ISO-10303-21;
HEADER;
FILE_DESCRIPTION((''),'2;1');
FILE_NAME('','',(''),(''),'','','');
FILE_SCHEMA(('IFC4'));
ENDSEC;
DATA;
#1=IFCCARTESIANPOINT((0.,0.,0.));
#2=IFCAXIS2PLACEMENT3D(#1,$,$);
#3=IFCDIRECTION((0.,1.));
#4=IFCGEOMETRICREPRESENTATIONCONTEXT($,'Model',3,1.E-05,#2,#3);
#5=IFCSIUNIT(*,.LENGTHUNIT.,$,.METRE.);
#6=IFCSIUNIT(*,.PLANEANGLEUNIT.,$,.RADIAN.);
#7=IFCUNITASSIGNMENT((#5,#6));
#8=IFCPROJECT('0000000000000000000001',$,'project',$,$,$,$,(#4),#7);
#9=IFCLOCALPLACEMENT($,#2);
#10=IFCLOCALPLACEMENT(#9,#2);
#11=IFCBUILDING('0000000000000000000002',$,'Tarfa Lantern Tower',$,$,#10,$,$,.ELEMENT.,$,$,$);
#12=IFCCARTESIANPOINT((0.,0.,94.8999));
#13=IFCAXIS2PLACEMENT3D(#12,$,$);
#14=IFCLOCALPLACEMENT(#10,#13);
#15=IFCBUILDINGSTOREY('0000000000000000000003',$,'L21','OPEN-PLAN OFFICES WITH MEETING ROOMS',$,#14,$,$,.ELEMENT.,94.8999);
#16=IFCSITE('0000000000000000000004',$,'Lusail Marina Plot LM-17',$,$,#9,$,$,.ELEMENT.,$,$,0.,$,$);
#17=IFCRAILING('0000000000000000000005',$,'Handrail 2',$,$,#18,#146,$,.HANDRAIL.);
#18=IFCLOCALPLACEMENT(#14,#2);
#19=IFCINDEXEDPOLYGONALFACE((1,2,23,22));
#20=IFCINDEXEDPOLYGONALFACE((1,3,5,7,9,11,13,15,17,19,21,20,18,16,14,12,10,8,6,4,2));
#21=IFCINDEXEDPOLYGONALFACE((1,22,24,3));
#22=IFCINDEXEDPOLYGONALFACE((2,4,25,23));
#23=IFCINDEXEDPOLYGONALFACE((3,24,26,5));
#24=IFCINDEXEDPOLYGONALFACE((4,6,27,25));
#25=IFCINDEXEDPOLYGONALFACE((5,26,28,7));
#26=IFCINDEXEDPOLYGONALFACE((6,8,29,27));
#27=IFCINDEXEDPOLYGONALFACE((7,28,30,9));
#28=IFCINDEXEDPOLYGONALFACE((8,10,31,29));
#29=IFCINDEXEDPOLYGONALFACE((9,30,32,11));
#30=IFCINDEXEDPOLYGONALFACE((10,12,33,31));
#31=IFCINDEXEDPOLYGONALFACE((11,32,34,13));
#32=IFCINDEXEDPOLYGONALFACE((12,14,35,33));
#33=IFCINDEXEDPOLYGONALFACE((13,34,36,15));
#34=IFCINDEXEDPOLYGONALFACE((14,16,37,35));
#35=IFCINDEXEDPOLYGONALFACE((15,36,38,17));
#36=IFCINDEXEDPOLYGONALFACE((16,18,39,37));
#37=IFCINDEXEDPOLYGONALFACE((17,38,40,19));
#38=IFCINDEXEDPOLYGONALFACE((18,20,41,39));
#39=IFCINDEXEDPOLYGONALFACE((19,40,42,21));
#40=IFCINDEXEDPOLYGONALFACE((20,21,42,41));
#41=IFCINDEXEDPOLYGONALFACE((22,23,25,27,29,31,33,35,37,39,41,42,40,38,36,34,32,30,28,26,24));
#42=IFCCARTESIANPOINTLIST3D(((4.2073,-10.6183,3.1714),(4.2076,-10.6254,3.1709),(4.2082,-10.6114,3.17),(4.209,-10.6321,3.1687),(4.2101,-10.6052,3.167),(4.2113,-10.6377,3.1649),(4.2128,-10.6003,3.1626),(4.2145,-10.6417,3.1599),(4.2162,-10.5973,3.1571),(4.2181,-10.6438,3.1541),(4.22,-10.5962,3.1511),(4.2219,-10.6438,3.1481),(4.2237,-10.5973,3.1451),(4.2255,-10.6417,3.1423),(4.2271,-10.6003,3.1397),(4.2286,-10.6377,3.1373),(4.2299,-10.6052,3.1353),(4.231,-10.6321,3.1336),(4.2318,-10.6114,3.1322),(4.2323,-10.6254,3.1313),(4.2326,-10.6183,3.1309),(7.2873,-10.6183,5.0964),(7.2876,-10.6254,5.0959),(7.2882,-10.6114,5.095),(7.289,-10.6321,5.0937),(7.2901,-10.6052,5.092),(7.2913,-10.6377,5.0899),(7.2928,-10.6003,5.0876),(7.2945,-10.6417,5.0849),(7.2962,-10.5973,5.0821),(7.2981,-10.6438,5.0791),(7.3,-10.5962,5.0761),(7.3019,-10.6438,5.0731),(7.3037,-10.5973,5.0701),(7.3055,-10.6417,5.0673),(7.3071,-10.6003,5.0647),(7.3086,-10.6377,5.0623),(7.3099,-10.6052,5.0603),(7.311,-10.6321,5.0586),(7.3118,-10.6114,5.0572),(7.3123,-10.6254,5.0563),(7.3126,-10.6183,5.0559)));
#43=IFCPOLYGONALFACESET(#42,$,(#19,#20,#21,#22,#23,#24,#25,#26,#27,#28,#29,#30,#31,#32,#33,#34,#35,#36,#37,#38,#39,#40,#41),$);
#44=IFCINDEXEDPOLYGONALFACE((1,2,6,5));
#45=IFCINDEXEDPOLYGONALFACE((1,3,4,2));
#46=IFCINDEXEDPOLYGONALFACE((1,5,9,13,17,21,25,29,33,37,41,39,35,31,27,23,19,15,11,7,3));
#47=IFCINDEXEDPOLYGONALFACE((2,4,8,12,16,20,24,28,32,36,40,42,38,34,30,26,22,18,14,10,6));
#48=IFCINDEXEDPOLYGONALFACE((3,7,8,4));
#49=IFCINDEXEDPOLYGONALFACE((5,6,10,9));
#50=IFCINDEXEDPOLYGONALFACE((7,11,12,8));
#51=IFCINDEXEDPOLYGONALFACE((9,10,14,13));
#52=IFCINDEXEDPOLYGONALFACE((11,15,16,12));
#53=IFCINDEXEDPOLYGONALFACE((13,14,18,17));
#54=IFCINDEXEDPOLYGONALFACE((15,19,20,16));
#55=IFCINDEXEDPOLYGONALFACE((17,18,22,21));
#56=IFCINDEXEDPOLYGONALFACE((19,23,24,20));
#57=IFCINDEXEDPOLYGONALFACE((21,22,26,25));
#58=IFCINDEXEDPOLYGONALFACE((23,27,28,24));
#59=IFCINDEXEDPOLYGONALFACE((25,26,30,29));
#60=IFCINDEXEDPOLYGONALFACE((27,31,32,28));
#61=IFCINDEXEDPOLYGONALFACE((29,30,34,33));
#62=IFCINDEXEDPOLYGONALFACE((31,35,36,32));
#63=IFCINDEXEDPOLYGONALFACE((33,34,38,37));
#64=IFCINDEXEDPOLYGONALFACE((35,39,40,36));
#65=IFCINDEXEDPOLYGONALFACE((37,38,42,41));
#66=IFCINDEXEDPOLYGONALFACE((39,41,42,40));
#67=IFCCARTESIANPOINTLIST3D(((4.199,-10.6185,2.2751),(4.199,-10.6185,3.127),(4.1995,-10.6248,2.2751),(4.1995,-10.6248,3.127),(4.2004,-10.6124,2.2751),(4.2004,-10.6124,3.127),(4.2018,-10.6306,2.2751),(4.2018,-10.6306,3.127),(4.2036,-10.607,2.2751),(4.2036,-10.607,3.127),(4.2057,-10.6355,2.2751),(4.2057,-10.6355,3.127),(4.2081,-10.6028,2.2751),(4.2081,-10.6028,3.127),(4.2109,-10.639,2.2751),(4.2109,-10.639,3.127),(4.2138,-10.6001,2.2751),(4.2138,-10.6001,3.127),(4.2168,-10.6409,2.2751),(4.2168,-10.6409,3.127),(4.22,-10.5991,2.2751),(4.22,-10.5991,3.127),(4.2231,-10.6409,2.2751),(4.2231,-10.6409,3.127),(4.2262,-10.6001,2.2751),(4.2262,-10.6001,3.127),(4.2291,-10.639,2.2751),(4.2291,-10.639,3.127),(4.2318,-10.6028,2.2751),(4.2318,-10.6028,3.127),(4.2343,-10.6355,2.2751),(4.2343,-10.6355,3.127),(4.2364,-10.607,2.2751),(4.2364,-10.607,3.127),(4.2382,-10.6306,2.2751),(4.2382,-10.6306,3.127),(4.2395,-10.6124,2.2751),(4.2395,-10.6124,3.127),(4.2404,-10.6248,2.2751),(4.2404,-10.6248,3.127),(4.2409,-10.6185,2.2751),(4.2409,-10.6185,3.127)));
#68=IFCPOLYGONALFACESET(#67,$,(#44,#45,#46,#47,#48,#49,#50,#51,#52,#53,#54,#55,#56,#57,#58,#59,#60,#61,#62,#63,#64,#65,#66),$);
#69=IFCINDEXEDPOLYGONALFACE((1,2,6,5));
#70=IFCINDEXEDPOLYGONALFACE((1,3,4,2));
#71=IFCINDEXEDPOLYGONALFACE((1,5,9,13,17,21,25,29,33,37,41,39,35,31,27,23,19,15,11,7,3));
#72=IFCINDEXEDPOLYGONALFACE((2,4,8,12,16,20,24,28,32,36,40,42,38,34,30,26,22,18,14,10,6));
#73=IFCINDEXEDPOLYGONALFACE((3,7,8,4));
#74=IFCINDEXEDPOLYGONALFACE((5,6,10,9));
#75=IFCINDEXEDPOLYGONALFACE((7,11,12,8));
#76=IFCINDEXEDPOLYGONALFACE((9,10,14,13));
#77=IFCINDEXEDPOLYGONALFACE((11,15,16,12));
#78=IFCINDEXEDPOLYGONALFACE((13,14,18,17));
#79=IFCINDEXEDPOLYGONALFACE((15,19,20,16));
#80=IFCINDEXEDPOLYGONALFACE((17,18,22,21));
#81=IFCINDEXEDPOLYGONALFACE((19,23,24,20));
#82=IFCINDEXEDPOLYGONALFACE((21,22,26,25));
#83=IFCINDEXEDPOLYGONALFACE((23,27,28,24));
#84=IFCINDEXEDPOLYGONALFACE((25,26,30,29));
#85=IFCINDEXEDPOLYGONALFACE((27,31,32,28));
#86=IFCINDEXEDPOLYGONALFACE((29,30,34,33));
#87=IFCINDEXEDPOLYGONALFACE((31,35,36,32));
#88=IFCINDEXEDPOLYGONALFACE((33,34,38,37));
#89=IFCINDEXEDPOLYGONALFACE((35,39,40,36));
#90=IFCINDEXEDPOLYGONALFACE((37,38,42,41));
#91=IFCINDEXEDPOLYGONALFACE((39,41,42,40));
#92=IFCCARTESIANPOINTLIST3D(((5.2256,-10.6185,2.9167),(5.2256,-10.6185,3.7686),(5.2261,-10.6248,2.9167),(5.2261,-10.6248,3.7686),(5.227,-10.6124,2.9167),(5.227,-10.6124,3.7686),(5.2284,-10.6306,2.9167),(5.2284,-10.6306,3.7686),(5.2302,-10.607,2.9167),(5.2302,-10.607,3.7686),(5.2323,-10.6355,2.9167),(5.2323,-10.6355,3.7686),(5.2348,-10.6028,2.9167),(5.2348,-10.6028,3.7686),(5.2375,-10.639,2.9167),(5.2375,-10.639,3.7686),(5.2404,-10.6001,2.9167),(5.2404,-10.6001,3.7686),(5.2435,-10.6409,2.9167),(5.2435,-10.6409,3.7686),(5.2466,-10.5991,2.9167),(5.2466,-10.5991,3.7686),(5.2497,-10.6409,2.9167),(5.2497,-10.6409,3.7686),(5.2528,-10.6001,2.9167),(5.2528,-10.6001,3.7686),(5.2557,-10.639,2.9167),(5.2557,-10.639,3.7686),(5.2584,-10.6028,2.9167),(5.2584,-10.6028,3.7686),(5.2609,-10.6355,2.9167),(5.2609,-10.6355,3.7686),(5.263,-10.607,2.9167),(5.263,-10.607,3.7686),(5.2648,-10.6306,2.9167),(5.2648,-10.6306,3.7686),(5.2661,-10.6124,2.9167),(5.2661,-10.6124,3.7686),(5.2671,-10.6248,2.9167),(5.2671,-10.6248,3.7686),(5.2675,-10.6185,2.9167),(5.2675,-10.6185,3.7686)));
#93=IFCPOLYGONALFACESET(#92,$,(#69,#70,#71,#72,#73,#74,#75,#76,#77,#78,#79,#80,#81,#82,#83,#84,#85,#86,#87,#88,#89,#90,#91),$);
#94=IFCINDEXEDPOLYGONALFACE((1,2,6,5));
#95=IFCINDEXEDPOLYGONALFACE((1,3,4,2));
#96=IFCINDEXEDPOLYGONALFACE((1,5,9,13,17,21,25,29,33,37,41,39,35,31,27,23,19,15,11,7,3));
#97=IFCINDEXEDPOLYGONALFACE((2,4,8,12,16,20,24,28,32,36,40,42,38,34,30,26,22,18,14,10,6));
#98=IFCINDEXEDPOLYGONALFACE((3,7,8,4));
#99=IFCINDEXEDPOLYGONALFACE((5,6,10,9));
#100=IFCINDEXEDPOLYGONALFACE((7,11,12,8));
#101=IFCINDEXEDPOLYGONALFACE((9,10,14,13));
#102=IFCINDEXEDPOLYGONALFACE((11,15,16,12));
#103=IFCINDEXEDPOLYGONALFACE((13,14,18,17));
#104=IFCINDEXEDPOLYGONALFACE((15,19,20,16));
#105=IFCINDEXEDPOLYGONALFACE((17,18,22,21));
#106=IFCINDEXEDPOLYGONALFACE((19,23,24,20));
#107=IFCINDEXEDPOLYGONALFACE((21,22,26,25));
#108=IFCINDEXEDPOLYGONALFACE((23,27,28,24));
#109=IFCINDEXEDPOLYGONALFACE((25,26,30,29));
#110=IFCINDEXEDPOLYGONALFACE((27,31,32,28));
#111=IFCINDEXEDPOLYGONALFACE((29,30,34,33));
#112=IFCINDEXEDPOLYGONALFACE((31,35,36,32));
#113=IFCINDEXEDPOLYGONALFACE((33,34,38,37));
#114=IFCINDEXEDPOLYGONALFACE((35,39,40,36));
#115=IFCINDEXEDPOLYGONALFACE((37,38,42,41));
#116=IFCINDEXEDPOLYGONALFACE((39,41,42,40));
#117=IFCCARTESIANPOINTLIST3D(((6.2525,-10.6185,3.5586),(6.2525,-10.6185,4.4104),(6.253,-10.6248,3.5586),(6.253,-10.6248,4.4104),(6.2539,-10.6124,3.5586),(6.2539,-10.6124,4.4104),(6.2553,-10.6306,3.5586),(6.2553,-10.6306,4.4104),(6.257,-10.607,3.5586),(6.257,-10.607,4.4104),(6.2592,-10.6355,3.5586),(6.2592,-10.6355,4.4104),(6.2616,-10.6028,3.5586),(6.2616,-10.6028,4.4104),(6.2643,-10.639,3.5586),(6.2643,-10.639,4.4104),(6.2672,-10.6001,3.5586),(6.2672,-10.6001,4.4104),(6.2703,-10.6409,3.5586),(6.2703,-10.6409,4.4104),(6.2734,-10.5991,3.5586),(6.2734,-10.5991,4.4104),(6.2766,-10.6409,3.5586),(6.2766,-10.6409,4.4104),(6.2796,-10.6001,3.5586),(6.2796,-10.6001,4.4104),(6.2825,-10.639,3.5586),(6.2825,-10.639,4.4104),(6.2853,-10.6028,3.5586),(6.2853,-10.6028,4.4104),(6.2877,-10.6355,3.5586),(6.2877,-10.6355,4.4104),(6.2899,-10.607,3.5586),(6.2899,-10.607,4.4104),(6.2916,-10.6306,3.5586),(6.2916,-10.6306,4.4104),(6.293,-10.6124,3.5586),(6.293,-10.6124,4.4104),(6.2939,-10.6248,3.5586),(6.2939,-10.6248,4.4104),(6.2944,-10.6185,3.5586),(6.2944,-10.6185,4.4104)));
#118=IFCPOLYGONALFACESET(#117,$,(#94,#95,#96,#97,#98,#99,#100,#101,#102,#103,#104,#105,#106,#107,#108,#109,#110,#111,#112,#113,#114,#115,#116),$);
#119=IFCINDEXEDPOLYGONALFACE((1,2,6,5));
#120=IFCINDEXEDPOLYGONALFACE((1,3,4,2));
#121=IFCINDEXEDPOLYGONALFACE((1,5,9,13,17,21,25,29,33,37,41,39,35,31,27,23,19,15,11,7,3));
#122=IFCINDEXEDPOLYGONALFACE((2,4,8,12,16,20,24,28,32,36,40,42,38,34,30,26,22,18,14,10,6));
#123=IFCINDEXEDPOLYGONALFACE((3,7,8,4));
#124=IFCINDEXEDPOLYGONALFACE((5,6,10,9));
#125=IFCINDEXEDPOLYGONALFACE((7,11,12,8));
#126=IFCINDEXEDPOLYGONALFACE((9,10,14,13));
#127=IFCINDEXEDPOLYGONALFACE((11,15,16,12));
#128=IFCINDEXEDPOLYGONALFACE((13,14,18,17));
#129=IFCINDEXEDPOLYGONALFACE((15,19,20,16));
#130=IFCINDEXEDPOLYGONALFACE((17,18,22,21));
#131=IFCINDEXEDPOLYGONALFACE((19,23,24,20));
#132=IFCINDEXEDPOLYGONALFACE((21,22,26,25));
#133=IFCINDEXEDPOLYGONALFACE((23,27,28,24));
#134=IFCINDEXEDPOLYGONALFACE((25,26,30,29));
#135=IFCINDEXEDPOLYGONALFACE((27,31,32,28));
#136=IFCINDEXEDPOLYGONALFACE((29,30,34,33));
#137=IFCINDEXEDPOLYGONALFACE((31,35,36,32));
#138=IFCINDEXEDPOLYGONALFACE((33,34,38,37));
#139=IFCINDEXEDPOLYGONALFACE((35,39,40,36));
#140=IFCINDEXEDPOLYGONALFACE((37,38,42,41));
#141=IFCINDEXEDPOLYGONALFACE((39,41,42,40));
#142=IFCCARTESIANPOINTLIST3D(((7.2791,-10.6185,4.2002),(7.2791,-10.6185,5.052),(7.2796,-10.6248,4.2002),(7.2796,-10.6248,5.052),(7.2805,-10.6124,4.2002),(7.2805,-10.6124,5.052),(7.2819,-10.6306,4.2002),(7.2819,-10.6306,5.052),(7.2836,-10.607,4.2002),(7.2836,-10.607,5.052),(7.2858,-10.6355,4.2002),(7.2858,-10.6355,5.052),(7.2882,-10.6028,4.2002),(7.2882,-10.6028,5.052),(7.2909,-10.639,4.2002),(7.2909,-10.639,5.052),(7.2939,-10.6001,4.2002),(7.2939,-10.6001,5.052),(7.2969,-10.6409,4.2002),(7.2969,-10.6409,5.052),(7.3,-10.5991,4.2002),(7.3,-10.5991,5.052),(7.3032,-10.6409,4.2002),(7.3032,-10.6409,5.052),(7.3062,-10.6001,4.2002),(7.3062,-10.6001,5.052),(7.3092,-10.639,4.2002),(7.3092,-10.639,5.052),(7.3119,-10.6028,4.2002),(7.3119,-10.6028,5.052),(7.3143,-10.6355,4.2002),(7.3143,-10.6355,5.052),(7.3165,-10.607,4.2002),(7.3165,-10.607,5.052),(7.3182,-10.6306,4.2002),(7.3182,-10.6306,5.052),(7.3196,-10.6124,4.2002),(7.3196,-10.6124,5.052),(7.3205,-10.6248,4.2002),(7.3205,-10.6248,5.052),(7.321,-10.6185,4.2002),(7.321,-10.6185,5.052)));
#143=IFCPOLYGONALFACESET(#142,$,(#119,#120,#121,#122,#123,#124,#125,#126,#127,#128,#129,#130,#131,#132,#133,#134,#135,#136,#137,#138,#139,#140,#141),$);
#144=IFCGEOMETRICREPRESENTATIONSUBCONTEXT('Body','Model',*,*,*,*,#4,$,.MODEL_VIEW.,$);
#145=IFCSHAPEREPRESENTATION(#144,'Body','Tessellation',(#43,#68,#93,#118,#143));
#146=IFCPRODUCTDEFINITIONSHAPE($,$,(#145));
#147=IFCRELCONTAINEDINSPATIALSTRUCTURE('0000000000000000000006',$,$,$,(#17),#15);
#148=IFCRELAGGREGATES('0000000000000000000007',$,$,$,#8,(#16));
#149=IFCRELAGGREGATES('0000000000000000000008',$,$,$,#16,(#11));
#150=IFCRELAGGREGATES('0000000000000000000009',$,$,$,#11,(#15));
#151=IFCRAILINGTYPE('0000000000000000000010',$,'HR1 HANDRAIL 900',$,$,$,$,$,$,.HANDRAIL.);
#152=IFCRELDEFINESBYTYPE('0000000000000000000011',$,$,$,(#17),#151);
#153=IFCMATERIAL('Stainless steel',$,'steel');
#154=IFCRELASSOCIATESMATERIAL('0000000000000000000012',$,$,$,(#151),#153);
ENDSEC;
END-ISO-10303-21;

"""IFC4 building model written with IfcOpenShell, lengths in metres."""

from ifc_helpers import new_model, si_unit, direction, frame, origin, origin_2d, place, context, subcontext, project, spatial, circle, extrude, material, type_object, element, save


model = new_model("IFC4")

# Units and contexts
model_context = context("Model", 3, precision=1e-05, world=origin(), true_north=direction((0.0, 1.0)))
body_context = subcontext(model_context, "Body", "Model", "MODEL_VIEW")
ifc_project = project(units=[si_unit("LENGTHUNIT", "METRE"), si_unit("PLANEANGLEUNIT", "RADIAN")], contexts=[model_context])

# Site, building, storey
site_placement = place(None, origin())
site = spatial("IfcSite", under=ifc_project, at=site_placement, Name="Lusail Marina Plot LM-17", CompositionType="ELEMENT", RefElevation=0.0)
building_placement = place(site_placement, origin())
building = spatial("IfcBuilding", under=site, at=building_placement, Name="Tarfa Lantern Tower", CompositionType="ELEMENT")
storey_placement = place(building_placement, frame((0.0, 0.0, 94.8999)))
storey = spatial("IfcBuildingStorey", under=building, at=storey_placement, Name="L21", Description="OPEN-PLAN OFFICES WITH MEETING ROOMS", CompositionType="ELEMENT", Elevation=94.8999)

# Railing
ifc_material_1 = material(Name="Stainless steel", Category="steel")
railing_type = type_object("IfcRailingType", Name="HR1 HANDRAIL 900", PredefinedType="HANDRAIL", material=ifc_material_1)
railing_1_placement = place(storey_placement, frame((4.22, -10.6201, 2.2751)))
element("IfcRailing", 1, at=railing_1_placement, inside=storey, type_object=railing_type, Name="Handrail 2", PredefinedType="HANDRAIL", context=body_context, shape_type="SweptSolid", body=[
    extrude(circle(Radius=0.0239, at=origin_2d()), frame((0.0, 0.0, 0.876), z_axis=(0.847998, 0.0, 0.529999), x_axis=(0.0, 1.0, 0.0)), (0.0, 0.0, 1.0), 3.6321),
    extrude(circle(Radius=0.021, at=origin_2d()), frame((0.0, 0.0, 0.0), z_axis=(0.0, 0.0, 1.0), x_axis=(0.0, 1.0, 0.0)), (0.0, 0.0, 1.0), 0.8518),
    extrude(circle(Radius=0.021, at=origin_2d()), frame((1.0266, 0.0, 0.6416), z_axis=(0.0, 0.0, 1.0), x_axis=(0.0, 1.0, 0.0)), (0.0, 0.0, 1.0), 0.8518),
    extrude(circle(Radius=0.021, at=origin_2d()), frame((2.0535, 0.0, 1.2834), z_axis=(0.0, 0.0, 1.0), x_axis=(0.0, 1.0, 0.0)), (0.0, 0.0, 1.0), 0.8518),
    extrude(circle(Radius=0.021, at=origin_2d()), frame((3.0801, 0.0, 1.925), z_axis=(0.0, 0.0, 1.0), x_axis=(0.0, 1.0, 0.0)), (0.0, 0.0, 1.0), 0.8518),
])

save(model, "model.ifc")
